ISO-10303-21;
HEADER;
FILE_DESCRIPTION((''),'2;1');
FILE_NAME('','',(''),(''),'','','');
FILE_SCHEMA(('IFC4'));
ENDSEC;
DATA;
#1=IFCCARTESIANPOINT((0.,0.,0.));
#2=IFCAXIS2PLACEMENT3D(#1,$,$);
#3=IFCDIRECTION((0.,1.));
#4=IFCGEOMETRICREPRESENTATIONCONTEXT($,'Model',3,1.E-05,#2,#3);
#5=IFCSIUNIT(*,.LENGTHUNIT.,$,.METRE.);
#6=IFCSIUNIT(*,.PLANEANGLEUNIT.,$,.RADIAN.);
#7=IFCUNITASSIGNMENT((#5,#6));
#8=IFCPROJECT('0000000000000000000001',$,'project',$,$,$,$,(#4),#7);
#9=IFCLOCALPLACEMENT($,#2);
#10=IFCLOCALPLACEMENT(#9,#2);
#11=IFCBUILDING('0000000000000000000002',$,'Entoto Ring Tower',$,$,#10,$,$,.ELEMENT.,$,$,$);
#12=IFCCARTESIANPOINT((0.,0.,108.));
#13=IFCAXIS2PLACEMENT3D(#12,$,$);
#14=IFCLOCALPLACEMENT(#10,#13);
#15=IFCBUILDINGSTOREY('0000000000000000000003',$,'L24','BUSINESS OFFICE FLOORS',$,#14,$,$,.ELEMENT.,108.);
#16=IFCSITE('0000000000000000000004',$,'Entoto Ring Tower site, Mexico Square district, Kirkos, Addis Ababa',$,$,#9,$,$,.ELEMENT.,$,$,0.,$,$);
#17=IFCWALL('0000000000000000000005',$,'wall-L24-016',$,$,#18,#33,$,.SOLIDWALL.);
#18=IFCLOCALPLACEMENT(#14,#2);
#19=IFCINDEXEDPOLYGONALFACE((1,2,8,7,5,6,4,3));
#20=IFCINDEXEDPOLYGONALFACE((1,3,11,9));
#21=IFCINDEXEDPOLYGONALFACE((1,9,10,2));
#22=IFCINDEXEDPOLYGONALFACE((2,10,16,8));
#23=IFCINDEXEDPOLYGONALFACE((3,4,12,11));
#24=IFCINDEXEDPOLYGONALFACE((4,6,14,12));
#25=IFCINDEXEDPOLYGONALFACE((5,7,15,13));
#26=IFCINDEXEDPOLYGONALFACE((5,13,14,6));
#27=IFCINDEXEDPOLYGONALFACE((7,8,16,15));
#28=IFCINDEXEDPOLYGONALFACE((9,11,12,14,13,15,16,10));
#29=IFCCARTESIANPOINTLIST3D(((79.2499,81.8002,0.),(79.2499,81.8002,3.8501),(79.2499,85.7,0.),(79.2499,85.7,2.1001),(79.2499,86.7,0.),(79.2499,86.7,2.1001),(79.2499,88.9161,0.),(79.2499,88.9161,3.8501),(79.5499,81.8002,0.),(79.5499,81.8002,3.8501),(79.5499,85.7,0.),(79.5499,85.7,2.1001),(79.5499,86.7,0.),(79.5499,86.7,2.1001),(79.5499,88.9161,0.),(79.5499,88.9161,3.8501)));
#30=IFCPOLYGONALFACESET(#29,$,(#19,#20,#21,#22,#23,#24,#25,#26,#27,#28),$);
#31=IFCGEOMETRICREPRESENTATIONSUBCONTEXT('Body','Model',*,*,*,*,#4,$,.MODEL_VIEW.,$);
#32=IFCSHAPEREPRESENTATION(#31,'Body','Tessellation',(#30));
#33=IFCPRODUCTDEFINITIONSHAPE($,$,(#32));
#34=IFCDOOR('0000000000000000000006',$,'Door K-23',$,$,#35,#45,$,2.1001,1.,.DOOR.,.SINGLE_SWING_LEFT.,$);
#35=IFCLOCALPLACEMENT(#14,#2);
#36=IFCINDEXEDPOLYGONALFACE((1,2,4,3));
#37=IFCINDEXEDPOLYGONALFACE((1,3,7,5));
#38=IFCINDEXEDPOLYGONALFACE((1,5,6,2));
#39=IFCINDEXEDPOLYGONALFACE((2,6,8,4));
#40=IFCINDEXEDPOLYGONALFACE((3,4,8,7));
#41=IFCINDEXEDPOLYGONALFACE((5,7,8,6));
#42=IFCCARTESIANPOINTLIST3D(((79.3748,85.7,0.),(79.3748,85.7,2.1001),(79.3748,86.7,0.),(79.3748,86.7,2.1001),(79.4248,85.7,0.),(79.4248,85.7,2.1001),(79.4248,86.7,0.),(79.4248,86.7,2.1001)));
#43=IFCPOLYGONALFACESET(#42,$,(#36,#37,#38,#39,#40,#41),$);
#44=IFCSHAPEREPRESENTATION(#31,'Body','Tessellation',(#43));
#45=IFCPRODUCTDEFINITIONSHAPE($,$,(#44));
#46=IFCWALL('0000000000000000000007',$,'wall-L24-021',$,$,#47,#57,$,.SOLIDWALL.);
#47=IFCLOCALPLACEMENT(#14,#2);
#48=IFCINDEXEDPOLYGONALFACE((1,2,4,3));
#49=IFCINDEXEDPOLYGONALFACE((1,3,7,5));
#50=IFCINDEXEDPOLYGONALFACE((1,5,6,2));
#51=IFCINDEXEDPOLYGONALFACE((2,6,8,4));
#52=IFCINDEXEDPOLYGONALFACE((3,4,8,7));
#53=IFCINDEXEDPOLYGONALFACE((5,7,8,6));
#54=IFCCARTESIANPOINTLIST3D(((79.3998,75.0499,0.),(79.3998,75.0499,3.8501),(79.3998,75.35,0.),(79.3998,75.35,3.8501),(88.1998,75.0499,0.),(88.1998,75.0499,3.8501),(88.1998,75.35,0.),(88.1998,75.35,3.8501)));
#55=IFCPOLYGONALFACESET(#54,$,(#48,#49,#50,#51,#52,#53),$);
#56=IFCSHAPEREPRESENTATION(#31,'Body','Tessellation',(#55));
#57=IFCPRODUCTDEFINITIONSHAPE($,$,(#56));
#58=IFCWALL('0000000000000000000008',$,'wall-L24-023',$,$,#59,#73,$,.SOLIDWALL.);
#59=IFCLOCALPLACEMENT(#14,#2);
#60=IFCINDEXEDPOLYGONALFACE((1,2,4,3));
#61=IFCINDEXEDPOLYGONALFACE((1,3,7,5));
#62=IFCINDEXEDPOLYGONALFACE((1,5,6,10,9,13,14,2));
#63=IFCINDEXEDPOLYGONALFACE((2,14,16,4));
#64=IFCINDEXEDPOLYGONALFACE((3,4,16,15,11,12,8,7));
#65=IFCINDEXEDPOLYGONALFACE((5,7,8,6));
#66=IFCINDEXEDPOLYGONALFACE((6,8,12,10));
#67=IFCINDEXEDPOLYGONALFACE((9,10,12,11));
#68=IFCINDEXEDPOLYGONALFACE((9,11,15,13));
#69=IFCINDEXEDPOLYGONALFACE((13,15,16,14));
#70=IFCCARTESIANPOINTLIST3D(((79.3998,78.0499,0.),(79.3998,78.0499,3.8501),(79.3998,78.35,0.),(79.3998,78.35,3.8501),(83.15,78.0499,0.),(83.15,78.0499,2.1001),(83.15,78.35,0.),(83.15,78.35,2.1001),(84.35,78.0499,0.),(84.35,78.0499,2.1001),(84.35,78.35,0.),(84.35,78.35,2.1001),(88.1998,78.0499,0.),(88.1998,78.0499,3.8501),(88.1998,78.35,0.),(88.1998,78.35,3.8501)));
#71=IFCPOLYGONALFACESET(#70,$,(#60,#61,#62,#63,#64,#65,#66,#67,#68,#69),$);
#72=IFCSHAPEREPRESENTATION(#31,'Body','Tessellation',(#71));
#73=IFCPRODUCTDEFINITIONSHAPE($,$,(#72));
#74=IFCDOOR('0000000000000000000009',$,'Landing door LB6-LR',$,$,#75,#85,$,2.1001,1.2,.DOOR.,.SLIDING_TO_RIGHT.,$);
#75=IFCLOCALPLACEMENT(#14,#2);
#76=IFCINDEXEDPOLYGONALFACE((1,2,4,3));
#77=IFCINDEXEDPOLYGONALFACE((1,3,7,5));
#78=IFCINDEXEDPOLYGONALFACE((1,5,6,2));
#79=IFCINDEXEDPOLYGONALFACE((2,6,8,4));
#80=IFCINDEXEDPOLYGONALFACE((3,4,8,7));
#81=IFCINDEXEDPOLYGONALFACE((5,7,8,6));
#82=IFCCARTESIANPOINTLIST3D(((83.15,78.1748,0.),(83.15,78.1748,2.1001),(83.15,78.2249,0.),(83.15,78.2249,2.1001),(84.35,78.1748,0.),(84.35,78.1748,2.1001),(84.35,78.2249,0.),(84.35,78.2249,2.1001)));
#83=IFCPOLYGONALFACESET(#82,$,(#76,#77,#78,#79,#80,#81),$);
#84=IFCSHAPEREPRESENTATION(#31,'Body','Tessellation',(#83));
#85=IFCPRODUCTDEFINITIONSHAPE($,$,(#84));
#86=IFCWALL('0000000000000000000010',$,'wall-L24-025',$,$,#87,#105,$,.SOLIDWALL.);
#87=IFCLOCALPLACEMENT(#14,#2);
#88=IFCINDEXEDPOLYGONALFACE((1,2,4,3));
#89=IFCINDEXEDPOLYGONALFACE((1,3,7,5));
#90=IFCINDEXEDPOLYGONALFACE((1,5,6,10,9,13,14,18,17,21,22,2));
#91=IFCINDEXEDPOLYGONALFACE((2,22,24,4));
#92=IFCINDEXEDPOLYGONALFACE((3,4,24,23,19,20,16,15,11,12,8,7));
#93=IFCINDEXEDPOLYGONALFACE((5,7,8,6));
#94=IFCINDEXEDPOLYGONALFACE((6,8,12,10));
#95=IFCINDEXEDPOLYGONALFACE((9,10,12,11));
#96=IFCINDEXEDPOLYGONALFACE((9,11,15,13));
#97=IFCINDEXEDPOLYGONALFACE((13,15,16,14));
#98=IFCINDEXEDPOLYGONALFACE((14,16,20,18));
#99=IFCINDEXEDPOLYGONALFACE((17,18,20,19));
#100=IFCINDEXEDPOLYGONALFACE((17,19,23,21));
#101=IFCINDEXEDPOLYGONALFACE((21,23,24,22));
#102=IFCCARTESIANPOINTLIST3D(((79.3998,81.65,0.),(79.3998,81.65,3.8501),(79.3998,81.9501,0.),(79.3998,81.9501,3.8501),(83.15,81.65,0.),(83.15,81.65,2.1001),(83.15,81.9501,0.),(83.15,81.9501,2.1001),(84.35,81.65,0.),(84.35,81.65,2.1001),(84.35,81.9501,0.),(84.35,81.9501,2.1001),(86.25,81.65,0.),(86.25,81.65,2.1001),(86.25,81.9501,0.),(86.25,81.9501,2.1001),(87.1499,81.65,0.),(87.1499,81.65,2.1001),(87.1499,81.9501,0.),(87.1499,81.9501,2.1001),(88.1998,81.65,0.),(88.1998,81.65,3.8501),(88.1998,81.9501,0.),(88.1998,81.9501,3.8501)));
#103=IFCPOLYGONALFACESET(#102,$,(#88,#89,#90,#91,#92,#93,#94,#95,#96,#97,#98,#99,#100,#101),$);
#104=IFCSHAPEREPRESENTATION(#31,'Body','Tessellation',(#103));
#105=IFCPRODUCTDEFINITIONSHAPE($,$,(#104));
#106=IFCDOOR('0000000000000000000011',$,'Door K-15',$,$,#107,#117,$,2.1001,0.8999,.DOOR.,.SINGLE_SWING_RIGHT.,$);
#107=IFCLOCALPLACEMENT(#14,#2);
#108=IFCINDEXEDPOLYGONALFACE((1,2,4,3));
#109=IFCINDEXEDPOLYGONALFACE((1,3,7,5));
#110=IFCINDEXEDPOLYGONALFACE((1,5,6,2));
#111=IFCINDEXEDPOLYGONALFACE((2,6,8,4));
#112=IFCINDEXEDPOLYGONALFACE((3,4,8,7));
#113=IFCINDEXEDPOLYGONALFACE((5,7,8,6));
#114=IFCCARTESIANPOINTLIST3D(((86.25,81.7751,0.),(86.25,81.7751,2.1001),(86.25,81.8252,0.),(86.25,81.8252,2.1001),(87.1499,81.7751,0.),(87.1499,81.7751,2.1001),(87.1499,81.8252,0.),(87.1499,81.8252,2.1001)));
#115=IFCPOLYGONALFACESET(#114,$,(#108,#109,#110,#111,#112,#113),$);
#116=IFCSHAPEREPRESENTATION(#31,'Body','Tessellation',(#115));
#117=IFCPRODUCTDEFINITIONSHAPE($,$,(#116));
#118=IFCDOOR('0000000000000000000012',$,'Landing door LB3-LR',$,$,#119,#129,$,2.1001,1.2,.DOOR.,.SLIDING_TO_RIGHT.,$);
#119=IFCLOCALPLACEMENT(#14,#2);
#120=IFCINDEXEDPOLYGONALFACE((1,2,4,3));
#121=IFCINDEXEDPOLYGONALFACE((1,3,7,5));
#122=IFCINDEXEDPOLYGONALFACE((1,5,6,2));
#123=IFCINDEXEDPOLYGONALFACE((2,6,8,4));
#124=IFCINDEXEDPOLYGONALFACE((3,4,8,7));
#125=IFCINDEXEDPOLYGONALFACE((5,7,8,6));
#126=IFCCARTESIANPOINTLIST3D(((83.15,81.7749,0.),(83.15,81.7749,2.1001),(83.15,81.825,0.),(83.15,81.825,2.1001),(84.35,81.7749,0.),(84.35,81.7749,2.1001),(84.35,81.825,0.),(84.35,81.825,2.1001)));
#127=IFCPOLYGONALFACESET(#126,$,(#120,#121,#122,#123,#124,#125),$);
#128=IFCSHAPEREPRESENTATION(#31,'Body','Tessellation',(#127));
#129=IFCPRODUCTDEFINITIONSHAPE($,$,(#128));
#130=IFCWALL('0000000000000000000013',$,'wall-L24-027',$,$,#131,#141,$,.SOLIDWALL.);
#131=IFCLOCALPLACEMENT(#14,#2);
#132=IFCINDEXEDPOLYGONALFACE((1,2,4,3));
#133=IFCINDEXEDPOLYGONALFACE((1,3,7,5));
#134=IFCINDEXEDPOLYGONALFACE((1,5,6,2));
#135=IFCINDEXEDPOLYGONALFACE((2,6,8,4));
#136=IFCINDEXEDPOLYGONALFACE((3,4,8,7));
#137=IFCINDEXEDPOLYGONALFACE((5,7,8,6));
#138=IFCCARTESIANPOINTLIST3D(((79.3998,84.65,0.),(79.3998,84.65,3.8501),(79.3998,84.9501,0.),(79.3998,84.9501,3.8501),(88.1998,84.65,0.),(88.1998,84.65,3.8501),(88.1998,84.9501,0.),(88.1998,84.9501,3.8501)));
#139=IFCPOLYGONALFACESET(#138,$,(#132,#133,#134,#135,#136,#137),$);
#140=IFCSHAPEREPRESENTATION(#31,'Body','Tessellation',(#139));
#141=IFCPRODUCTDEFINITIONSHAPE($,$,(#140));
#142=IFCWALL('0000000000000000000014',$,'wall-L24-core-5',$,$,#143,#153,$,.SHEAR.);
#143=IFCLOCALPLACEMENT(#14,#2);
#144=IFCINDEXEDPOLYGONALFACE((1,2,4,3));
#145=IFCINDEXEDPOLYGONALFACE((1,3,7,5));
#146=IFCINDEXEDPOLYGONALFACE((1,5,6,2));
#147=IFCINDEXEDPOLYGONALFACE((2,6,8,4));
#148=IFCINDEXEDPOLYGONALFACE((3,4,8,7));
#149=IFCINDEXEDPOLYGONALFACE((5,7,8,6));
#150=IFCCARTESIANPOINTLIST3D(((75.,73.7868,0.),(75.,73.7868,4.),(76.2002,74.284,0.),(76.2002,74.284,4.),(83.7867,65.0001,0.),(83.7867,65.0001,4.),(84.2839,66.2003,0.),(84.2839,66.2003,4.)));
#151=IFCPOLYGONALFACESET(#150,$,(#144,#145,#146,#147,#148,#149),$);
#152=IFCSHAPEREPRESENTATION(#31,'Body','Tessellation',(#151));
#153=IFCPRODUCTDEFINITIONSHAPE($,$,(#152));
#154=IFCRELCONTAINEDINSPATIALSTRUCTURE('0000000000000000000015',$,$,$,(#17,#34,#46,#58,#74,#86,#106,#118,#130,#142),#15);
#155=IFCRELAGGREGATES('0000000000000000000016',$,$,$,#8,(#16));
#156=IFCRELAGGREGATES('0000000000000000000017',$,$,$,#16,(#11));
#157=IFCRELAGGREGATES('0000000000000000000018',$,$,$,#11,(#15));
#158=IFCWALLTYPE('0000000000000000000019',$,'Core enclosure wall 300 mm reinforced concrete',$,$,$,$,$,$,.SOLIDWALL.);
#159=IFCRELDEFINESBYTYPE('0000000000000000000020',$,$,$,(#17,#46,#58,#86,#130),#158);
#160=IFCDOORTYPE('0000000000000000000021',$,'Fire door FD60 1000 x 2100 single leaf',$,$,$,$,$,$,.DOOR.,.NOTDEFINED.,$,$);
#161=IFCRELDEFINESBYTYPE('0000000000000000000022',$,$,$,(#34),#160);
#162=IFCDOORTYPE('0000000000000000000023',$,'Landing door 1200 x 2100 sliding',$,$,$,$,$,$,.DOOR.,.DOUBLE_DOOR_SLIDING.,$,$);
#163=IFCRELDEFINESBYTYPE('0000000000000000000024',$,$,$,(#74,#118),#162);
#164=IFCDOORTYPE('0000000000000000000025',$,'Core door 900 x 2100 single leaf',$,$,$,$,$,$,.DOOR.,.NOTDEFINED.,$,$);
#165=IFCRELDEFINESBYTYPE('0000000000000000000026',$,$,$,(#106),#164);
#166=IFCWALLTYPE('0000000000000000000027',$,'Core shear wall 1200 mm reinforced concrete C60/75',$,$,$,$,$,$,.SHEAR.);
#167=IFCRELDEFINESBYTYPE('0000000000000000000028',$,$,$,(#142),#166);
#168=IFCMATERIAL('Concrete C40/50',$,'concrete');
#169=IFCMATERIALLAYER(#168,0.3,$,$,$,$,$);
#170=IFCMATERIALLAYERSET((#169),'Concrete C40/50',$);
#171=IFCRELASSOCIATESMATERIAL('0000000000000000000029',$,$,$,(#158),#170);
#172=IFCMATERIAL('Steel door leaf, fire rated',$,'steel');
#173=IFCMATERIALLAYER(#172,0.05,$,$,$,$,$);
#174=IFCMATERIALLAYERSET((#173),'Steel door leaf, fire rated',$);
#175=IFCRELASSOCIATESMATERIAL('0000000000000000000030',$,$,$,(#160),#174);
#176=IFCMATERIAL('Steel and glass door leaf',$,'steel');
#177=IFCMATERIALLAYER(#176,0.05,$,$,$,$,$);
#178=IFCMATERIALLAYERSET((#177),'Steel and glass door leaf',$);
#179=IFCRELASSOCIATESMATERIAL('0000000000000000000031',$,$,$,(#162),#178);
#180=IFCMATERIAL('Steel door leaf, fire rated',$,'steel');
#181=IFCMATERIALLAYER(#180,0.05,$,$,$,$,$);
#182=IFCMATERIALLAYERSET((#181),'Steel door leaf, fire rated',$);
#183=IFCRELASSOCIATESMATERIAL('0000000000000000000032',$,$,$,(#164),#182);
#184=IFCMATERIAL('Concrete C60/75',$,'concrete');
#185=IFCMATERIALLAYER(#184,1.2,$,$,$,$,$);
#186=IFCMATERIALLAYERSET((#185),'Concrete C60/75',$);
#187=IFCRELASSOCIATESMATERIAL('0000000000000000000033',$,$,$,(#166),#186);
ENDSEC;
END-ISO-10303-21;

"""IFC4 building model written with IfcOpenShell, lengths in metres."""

from ifc_helpers import new_model, si_unit, direction, frame, frame_2d, origin, place, context, subcontext, project, spatial, polyline, rectangle, outline, extrude, material, layer, layer_set, type_object, element, fill, save


model = new_model("IFC4")

# Units and contexts
model_context = context("Model", 3, precision=1e-05, world=origin(), true_north=direction((0.0, 1.0)))
body_context = subcontext(model_context, "Body", "Model", "MODEL_VIEW")
ifc_project = project(units=[si_unit("LENGTHUNIT", "METRE"), si_unit("PLANEANGLEUNIT", "RADIAN")], contexts=[model_context])

# Site, building, storey
site_placement = place(None, origin())
site = spatial("IfcSite", under=ifc_project, at=site_placement, Name="Entoto Ring Tower site, Mexico Square district, Kirkos, Addis Ababa", CompositionType="ELEMENT", RefElevation=0.0)
building_placement = place(site_placement, origin())
building = spatial("IfcBuilding", under=site, at=building_placement, Name="Entoto Ring Tower", CompositionType="ELEMENT")
storey_placement = place(building_placement, frame((0.0, 0.0, 108.0)))
storey = spatial("IfcBuildingStorey", under=building, at=storey_placement, Name="L24", Description="BUSINESS OFFICE FLOORS", CompositionType="ELEMENT", Elevation=108.0)

# Shared definitions
ifc_material_1 = material(Name="Concrete C40/50", Category="concrete")
ifc_layer_1 = layer(ifc_material_1, 0.3)
ifc_layer_set_1 = layer_set([ifc_layer_1], Name="Concrete C40/50")
wall_type_1 = type_object("IfcWallType", Name="Core enclosure wall 300 mm reinforced concrete", PredefinedType="SOLIDWALL", material=ifc_layer_set_1)

# Wall, opening, door
wall_1_placement = place(storey_placement, frame((79.3999, 81.8, 0.0), z_axis=(0.0, 0.0, 1.0), x_axis=(0.0, 1.0, 0.0)))
wall_1 = element("IfcWall", 1, at=wall_1_placement, inside=storey, type_object=wall_type_1, Name="wall-L24-016", PredefinedType="SOLIDWALL", context=body_context, shape_type="SweptSolid", body=[
    extrude(rectangle(XDim=7.116, YDim=0.3, at=frame_2d((3.5581, 0.0))), origin(), (0.0, 0.0, 1.0), 3.8501),
])
opening_1_placement = place(wall_1_placement, frame((3.8999, 0.0, 0.0)))
opening_1 = element("IfcOpeningElement", 2, at=opening_1_placement, cuts=wall_1, PredefinedType="OPENING", context=body_context, shape_type="SweptSolid", body=[
    extrude(rectangle(XDim=1.0, YDim=2.1001, at=frame_2d((0.5, 1.05))), frame((0.0, 0.1602, 0.0), z_axis=(0.0, -1.0, 0.0), x_axis=(1.0, 0.0, 0.0)), (0.0, 0.0, 1.0), 0.3201),
])
ifc_material_2 = material(Name="Steel door leaf, fire rated", Category="steel")
ifc_layer_2 = layer(ifc_material_2, 0.05)
ifc_layer_set_2 = layer_set([ifc_layer_2], Name="Steel door leaf, fire rated")
door_type_1 = type_object("IfcDoorType", Name="Fire door FD60 1000 x 2100 single leaf", OperationType="NOTDEFINED", PredefinedType="DOOR", material=ifc_layer_set_2)
door_1_placement = place(opening_1_placement, frame((1.0, 0.0, 0.0), z_axis=(0.0, 0.0, 1.0), x_axis=(-1.0, 0.0, 0.0)))
door_1 = element("IfcDoor", 3, at=door_1_placement, inside=storey, type_object=door_type_1, Name="Door K-23", OperationType="SINGLE_SWING_LEFT", OverallHeight=2.1001, OverallWidth=1.0, PredefinedType="DOOR", context=body_context, shape_type="SweptSolid", body=[
    extrude(rectangle(XDim=1.0, YDim=2.1001, at=frame_2d((0.5, 1.05))), frame((0.0, 0.0249, 0.0), z_axis=(0.0, -1.0, 0.0), x_axis=(1.0, 0.0, 0.0)), (0.0, 0.0, 1.0), 0.05),
])
fill(opening_1, door_1)

# Wall
wall_2_placement = place(storey_placement, frame((79.3999, 75.2, 0.0), z_axis=(0.0, 0.0, 1.0), x_axis=(1.0, 0.0, 0.0)))
element("IfcWall", 4, at=wall_2_placement, inside=storey, type_object=wall_type_1, Name="wall-L24-021", PredefinedType="SOLIDWALL", context=body_context, shape_type="SweptSolid", body=[
    extrude(rectangle(XDim=8.8, YDim=0.3, at=frame_2d((4.3999, 0.0))), origin(), (0.0, 0.0, 1.0), 3.8501),
])

# Wall, opening, door
wall_3_placement = place(storey_placement, frame((79.3999, 78.2, 0.0), z_axis=(0.0, 0.0, 1.0), x_axis=(1.0, 0.0, 0.0)))
wall_3 = element("IfcWall", 5, at=wall_3_placement, inside=storey, type_object=wall_type_1, Name="wall-L24-023", PredefinedType="SOLIDWALL", context=body_context, shape_type="SweptSolid", body=[
    extrude(rectangle(XDim=8.8, YDim=0.3, at=frame_2d((4.3999, 0.0))), origin(), (0.0, 0.0, 1.0), 3.8501),
])
opening_2_placement = place(wall_3_placement, frame((3.75, 0.0, 0.0)))
opening_2 = element("IfcOpeningElement", 6, at=opening_2_placement, cuts=wall_3, PredefinedType="OPENING", context=body_context, shape_type="SweptSolid", body=[
    extrude(rectangle(XDim=1.2, YDim=2.1001, at=frame_2d((0.6001, 1.05))), frame((0.0, 0.1602, 0.0), z_axis=(0.0, -1.0, 0.0), x_axis=(1.0, 0.0, 0.0)), (0.0, 0.0, 1.0), 0.3201),
])
ifc_material_3 = material(Name="Steel and glass door leaf", Category="steel")
ifc_layer_3 = layer(ifc_material_3, 0.05)
ifc_layer_set_3 = layer_set([ifc_layer_3], Name="Steel and glass door leaf")
door_type_2 = type_object("IfcDoorType", Name="Landing door 1200 x 2100 sliding", OperationType="DOUBLE_DOOR_SLIDING", PredefinedType="DOOR", material=ifc_layer_set_3)
door_2_placement = place(opening_2_placement, origin())
door_2 = element("IfcDoor", 7, at=door_2_placement, inside=storey, type_object=door_type_2, Name="Landing door LB6-LR", OperationType="SLIDING_TO_RIGHT", OverallHeight=2.1001, OverallWidth=1.2, PredefinedType="DOOR", context=body_context, shape_type="SweptSolid", body=[
    extrude(rectangle(XDim=1.2, YDim=2.1001, at=frame_2d((0.6001, 1.05))), frame((0.0, 0.0249, 0.0), z_axis=(0.0, -1.0, 0.0), x_axis=(1.0, 0.0, 0.0)), (0.0, 0.0, 1.0), 0.05),
])
fill(opening_2, door_2)

# Wall, openings, doors
wall_4_placement = place(storey_placement, frame((79.3999, 81.8, 0.0), z_axis=(0.0, 0.0, 1.0), x_axis=(1.0, 0.0, 0.0)))
wall_4 = element("IfcWall", 8, at=wall_4_placement, inside=storey, type_object=wall_type_1, Name="wall-L24-025", PredefinedType="SOLIDWALL", context=body_context, shape_type="SweptSolid", body=[
    extrude(rectangle(XDim=8.8, YDim=0.3, at=frame_2d((4.3999, 0.0))), origin(), (0.0, 0.0, 1.0), 3.8501),
])
opening_3_placement = place(wall_4_placement, frame((3.75, 0.0, 0.0)))
opening_3 = element("IfcOpeningElement", 9, at=opening_3_placement, cuts=wall_4, PredefinedType="OPENING", context=body_context, shape_type="SweptSolid", body=[
    extrude(rectangle(XDim=1.2, YDim=2.1001, at=frame_2d((0.6001, 1.05))), frame((0.0, 0.1602, 0.0), z_axis=(0.0, -1.0, 0.0), x_axis=(1.0, 0.0, 0.0)), (0.0, 0.0, 1.0), 0.3201),
])
opening_4_placement = place(wall_4_placement, frame((6.8501, 0.0, 0.0)))
opening_4 = element("IfcOpeningElement", 10, at=opening_4_placement, cuts=wall_4, PredefinedType="OPENING", context=body_context, shape_type="SweptSolid", body=[
    extrude(rectangle(XDim=0.8999, YDim=2.1001, at=frame_2d((0.45, 1.05))), frame((0.0, 0.1602, 0.0), z_axis=(0.0, -1.0, 0.0), x_axis=(1.0, 0.0, 0.0)), (0.0, 0.0, 1.0), 0.3201),
])
ifc_material_4 = material(Name="Steel door leaf, fire rated", Category="steel")
ifc_layer_4 = layer(ifc_material_4, 0.05)
ifc_layer_set_4 = layer_set([ifc_layer_4], Name="Steel door leaf, fire rated")
door_type_3 = type_object("IfcDoorType", Name="Core door 900 x 2100 single leaf", OperationType="NOTDEFINED", PredefinedType="DOOR", material=ifc_layer_set_4)
door_3_placement = place(opening_4_placement, frame((0.8999, 0.0, 0.0), z_axis=(0.0, 0.0, 1.0), x_axis=(-1.0, 0.0, 0.0)))
door_3 = element("IfcDoor", 11, at=door_3_placement, inside=storey, type_object=door_type_3, Name="Door K-15", OperationType="SINGLE_SWING_RIGHT", OverallHeight=2.1001, OverallWidth=0.8999, PredefinedType="DOOR", context=body_context, shape_type="SweptSolid", body=[
    extrude(rectangle(XDim=0.8999, YDim=2.1001, at=frame_2d((0.45, 1.05))), frame((0.0, 0.0249, 0.0), z_axis=(0.0, -1.0, 0.0), x_axis=(1.0, 0.0, 0.0)), (0.0, 0.0, 1.0), 0.05),
])
fill(opening_4, door_3)
door_4_placement = place(opening_3_placement, origin())
door_4 = element("IfcDoor", 12, at=door_4_placement, inside=storey, type_object=door_type_2, Name="Landing door LB3-LR", OperationType="SLIDING_TO_RIGHT", OverallHeight=2.1001, OverallWidth=1.2, PredefinedType="DOOR", context=body_context, shape_type="SweptSolid", body=[
    extrude(rectangle(XDim=1.2, YDim=2.1001, at=frame_2d((0.6001, 1.05))), frame((0.0, 0.0249, 0.0), z_axis=(0.0, -1.0, 0.0), x_axis=(1.0, 0.0, 0.0)), (0.0, 0.0, 1.0), 0.05),
])
fill(opening_3, door_4)

# Walls
wall_5_placement = place(storey_placement, frame((79.3999, 84.8, 0.0), z_axis=(0.0, 0.0, 1.0), x_axis=(1.0, 0.0, 0.0)))
element("IfcWall", 13, at=wall_5_placement, inside=storey, type_object=wall_type_1, Name="wall-L24-027", PredefinedType="SOLIDWALL", context=body_context, shape_type="SweptSolid", body=[
    extrude(rectangle(XDim=8.8, YDim=0.3, at=frame_2d((4.3999, 0.0))), origin(), (0.0, 0.0, 1.0), 3.8501),
])
ifc_material_5 = material(Name="Concrete C60/75", Category="concrete")
ifc_layer_5 = layer(ifc_material_5, 1.2)
ifc_layer_set_5 = layer_set([ifc_layer_5], Name="Concrete C60/75")
wall_type_2 = type_object("IfcWallType", Name="Core shear wall 1200 mm reinforced concrete C60/75", PredefinedType="SHEAR", material=ifc_layer_set_5)
wall_6_placement = place(storey_placement, frame((75.6001, 74.0354, 0.0), z_axis=(0.0, 0.0, 1.0), x_axis=(0.707107, -0.707107, 0.0)))
element("IfcWall", 14, at=wall_6_placement, inside=storey, type_object=wall_type_2, Name="wall-L24-core-5", PredefinedType="SHEAR", context=body_context, shape_type="SweptSolid", body=[
    extrude(outline(polyline([(-0.2485, -0.6001), (12.1777, -0.6001), (11.6807, 0.6001), (0.2485, 0.6001), (-0.2485, -0.6001)])), origin(), (0.0, 0.0, 1.0), 4.0),
])

save(model, "model.ifc")
